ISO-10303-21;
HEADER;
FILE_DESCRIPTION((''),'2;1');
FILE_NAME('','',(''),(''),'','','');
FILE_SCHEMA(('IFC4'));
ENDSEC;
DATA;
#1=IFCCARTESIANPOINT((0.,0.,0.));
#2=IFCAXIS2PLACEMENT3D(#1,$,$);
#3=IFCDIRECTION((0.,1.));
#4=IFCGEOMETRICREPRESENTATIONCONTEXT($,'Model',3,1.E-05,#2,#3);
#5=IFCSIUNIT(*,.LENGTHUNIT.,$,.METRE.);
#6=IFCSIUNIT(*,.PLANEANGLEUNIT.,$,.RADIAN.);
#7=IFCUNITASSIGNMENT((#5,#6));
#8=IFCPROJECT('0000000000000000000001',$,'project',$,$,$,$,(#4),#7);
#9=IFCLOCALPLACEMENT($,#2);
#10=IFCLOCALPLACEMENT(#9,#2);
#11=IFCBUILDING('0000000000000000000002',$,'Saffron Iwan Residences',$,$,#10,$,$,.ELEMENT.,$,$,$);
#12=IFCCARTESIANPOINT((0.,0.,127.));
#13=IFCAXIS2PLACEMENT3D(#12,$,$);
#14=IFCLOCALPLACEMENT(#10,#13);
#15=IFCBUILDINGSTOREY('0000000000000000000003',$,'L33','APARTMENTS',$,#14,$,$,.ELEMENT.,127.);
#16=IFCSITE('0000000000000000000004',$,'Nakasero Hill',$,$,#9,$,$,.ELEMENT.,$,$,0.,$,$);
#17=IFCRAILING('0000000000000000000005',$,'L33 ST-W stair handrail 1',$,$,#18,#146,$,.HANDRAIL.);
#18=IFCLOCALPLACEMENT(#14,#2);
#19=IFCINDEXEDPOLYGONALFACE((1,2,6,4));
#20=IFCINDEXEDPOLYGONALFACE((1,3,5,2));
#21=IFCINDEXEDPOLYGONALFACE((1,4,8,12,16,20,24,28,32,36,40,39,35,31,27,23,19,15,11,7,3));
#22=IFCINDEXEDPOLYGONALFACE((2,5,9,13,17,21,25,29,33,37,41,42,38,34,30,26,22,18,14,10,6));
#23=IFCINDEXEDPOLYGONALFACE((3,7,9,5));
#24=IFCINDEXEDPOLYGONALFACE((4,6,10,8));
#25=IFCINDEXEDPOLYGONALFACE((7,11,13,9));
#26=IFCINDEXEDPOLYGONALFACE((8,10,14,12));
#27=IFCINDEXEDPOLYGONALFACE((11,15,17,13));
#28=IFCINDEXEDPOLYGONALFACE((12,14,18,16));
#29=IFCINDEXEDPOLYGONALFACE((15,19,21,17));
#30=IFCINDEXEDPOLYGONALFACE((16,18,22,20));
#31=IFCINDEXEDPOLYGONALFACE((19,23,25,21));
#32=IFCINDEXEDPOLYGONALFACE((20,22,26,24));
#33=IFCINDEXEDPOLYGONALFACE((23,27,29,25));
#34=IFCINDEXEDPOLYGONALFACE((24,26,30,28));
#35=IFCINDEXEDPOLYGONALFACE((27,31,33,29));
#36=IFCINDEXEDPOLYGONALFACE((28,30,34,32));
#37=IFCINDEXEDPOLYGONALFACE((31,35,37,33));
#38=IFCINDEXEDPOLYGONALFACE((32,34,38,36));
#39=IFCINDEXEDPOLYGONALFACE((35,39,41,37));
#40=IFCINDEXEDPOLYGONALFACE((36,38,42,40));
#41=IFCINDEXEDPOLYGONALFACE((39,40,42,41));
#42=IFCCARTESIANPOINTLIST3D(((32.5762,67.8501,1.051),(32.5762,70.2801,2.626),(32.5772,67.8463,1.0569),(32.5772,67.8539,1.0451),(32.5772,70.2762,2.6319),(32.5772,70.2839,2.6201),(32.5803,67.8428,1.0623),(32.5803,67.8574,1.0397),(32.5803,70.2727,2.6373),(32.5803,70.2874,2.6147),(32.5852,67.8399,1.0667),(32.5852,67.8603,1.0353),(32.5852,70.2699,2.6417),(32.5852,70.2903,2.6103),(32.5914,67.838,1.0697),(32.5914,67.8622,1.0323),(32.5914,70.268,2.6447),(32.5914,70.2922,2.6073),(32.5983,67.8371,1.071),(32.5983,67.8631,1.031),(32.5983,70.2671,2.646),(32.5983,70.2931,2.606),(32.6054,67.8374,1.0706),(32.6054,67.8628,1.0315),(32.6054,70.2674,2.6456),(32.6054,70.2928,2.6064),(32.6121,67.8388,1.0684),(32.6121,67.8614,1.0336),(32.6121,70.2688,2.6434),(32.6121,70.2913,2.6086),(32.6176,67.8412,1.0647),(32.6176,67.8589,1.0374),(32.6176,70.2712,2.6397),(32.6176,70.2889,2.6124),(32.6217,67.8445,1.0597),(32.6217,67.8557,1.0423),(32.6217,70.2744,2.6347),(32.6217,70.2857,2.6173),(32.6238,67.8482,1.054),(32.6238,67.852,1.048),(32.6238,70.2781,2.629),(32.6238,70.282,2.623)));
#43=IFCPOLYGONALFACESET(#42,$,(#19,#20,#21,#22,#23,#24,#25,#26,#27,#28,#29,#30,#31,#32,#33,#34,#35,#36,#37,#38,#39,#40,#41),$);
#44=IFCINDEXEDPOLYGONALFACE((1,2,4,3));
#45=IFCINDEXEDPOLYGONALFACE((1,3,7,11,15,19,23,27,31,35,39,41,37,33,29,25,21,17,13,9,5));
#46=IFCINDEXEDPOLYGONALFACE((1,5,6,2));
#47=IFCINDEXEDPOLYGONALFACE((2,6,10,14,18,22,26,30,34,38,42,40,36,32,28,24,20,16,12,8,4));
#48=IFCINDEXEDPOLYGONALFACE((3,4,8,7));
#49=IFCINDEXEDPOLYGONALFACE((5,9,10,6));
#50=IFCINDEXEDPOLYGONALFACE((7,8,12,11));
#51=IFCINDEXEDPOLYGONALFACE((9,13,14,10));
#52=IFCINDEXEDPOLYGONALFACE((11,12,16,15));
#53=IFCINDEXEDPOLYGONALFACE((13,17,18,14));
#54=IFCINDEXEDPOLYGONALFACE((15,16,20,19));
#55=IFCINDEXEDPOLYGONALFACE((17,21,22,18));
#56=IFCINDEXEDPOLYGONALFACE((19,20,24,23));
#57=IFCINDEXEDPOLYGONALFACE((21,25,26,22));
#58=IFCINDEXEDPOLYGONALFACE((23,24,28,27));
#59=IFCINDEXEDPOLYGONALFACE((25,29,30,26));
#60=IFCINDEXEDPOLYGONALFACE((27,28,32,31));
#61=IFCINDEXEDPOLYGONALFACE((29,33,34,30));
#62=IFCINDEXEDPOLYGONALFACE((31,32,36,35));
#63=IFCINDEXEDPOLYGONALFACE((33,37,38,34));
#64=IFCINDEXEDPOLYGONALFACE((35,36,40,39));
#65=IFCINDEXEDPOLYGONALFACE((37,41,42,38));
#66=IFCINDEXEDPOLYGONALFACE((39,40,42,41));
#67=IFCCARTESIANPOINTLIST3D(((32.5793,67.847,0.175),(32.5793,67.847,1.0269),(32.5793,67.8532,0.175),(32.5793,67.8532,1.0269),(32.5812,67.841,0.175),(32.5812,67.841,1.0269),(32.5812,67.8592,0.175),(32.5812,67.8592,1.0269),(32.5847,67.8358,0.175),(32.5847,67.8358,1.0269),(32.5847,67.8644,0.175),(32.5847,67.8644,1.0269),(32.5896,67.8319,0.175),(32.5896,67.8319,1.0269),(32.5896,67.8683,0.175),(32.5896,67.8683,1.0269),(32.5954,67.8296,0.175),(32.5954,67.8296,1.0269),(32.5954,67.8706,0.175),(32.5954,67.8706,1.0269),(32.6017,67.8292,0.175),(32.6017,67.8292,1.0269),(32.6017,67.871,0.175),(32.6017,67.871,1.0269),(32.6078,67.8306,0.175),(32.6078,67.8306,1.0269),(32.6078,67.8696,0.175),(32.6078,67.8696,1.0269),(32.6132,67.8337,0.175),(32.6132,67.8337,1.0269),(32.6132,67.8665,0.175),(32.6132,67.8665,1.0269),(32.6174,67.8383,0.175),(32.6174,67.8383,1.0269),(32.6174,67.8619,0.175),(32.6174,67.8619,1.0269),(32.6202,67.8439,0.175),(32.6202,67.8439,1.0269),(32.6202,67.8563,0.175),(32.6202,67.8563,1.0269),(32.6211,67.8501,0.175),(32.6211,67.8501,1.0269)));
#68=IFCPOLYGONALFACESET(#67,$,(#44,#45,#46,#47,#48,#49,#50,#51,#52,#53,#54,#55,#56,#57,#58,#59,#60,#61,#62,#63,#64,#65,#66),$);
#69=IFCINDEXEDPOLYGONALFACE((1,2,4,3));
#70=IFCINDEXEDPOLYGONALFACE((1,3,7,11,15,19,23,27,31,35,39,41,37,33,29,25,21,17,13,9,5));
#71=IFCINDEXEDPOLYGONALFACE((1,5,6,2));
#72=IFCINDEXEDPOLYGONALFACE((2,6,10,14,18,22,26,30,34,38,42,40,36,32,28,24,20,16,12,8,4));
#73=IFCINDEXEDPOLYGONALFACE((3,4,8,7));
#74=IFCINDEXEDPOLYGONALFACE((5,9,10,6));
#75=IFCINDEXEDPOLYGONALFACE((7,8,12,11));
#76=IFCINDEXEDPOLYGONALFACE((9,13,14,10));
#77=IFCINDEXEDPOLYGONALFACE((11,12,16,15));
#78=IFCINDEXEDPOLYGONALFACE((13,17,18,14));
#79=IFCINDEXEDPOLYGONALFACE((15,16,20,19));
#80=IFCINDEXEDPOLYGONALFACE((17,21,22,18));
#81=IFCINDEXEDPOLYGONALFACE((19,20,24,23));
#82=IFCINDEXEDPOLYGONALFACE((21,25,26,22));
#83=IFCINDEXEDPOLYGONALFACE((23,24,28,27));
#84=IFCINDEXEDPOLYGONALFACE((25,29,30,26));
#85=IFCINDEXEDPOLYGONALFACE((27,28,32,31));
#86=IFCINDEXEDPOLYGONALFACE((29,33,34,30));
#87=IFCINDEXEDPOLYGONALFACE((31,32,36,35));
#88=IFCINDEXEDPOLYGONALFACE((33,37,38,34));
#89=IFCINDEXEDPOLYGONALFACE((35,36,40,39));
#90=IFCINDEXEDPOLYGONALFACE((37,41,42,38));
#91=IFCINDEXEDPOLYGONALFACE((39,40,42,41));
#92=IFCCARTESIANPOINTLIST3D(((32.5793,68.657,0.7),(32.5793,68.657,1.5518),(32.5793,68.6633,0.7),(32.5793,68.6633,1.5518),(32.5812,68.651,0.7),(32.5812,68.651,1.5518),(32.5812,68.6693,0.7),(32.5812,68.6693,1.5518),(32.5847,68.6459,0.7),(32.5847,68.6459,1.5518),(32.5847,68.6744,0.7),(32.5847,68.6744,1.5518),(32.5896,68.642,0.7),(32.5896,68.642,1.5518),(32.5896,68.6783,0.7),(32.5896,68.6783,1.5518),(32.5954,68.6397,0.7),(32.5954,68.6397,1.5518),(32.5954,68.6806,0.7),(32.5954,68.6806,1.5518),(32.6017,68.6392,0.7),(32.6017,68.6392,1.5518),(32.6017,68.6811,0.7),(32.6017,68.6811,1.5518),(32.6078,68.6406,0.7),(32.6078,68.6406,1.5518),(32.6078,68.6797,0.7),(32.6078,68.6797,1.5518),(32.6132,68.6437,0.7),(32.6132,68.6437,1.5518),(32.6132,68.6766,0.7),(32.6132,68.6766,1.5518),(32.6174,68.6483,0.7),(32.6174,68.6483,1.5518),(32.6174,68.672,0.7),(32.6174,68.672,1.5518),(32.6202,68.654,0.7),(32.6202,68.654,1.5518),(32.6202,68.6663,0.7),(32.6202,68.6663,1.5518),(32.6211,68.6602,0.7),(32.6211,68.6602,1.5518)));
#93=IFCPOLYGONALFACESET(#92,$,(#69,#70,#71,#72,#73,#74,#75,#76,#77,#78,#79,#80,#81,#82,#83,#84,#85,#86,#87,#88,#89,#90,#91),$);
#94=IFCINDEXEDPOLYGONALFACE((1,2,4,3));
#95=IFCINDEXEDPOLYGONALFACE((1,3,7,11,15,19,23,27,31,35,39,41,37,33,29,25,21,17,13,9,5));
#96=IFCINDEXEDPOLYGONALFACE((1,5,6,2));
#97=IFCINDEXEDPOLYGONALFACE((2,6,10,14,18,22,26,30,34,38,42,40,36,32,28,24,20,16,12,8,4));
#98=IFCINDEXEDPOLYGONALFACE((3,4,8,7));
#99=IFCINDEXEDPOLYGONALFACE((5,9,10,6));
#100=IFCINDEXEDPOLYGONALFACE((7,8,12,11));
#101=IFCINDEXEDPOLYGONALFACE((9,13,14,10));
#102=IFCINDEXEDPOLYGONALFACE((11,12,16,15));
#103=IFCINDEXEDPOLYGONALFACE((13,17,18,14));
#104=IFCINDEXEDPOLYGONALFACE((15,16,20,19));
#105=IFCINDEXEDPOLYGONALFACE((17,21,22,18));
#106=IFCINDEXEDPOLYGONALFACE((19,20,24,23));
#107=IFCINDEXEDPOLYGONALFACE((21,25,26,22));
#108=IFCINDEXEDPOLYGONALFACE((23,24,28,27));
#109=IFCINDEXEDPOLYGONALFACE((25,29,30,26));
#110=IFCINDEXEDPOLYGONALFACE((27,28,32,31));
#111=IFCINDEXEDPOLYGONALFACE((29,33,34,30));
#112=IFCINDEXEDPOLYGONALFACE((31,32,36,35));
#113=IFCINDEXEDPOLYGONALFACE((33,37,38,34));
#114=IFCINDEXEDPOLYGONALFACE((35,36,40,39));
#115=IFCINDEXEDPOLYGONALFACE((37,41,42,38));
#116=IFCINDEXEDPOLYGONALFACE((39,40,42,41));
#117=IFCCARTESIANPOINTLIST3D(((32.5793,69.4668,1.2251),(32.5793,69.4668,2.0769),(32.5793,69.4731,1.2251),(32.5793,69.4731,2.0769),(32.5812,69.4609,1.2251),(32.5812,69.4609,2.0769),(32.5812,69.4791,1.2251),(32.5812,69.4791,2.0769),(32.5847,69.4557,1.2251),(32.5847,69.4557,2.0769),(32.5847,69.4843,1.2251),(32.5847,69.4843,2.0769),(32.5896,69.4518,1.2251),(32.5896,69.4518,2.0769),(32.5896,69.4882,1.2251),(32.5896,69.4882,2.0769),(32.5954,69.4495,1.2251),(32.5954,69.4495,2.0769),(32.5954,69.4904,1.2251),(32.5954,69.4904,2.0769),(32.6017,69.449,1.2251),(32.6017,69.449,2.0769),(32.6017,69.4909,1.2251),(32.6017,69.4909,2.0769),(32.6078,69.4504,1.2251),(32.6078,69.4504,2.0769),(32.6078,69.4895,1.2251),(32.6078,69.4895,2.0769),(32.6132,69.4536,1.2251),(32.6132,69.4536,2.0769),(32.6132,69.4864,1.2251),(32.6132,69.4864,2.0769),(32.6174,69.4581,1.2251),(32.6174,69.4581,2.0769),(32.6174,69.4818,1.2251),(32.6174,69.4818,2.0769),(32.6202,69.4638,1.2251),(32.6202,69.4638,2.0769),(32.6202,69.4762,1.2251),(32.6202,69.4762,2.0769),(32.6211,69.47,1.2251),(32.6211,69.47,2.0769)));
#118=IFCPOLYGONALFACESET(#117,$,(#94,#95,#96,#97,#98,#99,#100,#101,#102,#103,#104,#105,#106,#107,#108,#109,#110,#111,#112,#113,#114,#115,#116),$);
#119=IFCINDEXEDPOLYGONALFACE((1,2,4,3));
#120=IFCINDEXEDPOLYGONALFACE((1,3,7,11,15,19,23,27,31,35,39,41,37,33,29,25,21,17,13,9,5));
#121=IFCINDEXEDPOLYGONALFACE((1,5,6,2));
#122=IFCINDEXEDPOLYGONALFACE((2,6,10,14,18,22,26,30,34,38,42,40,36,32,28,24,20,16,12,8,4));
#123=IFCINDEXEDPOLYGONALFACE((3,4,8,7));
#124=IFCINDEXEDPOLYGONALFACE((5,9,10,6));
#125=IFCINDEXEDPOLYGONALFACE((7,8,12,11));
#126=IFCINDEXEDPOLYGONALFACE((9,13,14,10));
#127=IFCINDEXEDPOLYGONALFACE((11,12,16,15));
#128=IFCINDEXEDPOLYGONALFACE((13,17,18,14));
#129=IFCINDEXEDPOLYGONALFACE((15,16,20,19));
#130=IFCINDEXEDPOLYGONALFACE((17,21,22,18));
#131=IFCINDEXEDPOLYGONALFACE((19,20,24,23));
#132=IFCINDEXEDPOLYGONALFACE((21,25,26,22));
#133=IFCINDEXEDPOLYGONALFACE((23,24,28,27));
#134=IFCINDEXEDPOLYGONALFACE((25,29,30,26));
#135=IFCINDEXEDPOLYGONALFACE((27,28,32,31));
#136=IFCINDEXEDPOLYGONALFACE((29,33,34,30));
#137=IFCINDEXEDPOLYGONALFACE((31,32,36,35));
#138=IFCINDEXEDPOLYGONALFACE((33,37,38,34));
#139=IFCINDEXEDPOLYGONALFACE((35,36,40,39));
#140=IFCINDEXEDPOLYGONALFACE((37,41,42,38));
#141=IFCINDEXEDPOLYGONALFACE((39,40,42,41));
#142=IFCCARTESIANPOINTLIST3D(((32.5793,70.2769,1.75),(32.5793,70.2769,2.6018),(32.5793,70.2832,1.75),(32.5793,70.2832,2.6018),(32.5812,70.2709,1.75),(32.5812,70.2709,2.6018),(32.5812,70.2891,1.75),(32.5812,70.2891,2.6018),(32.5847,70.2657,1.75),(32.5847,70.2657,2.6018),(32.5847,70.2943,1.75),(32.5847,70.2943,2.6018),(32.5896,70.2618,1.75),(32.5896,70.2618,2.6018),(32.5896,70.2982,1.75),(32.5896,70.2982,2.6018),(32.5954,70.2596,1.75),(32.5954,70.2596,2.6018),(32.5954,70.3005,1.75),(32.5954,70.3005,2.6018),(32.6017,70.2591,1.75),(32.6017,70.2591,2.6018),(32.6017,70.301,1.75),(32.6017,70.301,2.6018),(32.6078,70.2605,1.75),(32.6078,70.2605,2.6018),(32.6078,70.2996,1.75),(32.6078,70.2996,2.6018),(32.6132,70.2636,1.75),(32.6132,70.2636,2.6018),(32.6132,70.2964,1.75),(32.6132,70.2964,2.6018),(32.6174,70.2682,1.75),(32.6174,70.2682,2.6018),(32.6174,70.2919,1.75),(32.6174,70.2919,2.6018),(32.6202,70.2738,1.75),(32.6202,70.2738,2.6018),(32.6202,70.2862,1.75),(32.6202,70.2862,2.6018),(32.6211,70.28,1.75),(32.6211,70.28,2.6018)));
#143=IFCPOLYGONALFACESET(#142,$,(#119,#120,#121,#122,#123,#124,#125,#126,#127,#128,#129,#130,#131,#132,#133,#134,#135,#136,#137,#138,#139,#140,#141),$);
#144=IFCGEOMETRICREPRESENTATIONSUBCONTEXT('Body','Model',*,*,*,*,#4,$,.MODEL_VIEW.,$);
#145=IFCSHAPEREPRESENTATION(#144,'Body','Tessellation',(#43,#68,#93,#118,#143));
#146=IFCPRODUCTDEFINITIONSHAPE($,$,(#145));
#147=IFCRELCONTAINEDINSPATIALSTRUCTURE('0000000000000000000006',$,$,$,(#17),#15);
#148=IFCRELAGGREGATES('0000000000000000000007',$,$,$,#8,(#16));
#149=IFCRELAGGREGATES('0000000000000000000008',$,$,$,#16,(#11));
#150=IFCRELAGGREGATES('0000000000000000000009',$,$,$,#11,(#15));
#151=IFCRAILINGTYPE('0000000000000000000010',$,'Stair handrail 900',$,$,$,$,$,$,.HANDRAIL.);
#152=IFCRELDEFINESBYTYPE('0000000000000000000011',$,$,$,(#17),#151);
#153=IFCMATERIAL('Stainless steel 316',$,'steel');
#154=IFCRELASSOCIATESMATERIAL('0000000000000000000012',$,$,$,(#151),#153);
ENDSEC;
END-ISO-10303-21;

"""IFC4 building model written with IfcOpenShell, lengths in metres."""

from ifc_helpers import new_model, si_unit, direction, frame, origin, origin_2d, place, context, subcontext, project, spatial, circle, extrude, material, type_object, element, save


model = new_model("IFC4")

# Units and contexts
model_context = context("Model", 3, precision=1e-05, world=origin(), true_north=direction((0.0, 1.0)))
body_context = subcontext(model_context, "Body", "Model", "MODEL_VIEW")
ifc_project = project(units=[si_unit("LENGTHUNIT", "METRE"), si_unit("PLANEANGLEUNIT", "RADIAN")], contexts=[model_context])

# Site, building, storey
site_placement = place(None, origin())
site = spatial("IfcSite", under=ifc_project, at=site_placement, Name="Nakasero Hill", CompositionType="ELEMENT", RefElevation=0.0)
building_placement = place(site_placement, origin())
building = spatial("IfcBuilding", under=site, at=building_placement, Name="Saffron Iwan Residences", CompositionType="ELEMENT")
storey_placement = place(building_placement, frame((0.0, 0.0, 127.0)))
storey = spatial("IfcBuildingStorey", under=building, at=storey_placement, Name="L33", Description="APARTMENTS", CompositionType="ELEMENT", Elevation=127.0)

# Railing
ifc_material_1 = material(Name="Stainless steel 316", Category="steel")
railing_type_1 = type_object("IfcRailingType", Name="Stair handrail 900", PredefinedType="HANDRAIL", material=ifc_material_1)
railing_1_placement = place(storey_placement, frame((32.6001, 67.8501, 0.175)))
element("IfcRailing", 1, at=railing_1_placement, inside=storey, type_object=railing_type_1, Name="L33 ST-W stair handrail 1", PredefinedType="HANDRAIL", context=body_context, shape_type="SweptSolid", body=[
    extrude(circle(Radius=0.0239, at=origin_2d()), frame((0.0, 0.0, 0.876), z_axis=(0.0, 0.839154, 0.543894), x_axis=(-1.0, 0.0, 0.0)), (0.0, 0.0, 1.0), 2.8958),
    extrude(circle(Radius=0.021, at=origin_2d()), origin(), (0.0, 0.0, 1.0), 0.8518),
    extrude(circle(Radius=0.021, at=origin_2d()), frame((0.0, 0.8101, 0.5249)), (0.0, 0.0, 1.0), 0.8518),
    extrude(circle(Radius=0.021, at=origin_2d()), frame((0.0, 1.6199, 1.05)), (0.0, 0.0, 1.0), 0.8518),
    extrude(circle(Radius=0.021, at=origin_2d()), frame((0.0, 2.4299, 1.575)), (0.0, 0.0, 1.0), 0.8518),
])

save(model, "model.ifc")
